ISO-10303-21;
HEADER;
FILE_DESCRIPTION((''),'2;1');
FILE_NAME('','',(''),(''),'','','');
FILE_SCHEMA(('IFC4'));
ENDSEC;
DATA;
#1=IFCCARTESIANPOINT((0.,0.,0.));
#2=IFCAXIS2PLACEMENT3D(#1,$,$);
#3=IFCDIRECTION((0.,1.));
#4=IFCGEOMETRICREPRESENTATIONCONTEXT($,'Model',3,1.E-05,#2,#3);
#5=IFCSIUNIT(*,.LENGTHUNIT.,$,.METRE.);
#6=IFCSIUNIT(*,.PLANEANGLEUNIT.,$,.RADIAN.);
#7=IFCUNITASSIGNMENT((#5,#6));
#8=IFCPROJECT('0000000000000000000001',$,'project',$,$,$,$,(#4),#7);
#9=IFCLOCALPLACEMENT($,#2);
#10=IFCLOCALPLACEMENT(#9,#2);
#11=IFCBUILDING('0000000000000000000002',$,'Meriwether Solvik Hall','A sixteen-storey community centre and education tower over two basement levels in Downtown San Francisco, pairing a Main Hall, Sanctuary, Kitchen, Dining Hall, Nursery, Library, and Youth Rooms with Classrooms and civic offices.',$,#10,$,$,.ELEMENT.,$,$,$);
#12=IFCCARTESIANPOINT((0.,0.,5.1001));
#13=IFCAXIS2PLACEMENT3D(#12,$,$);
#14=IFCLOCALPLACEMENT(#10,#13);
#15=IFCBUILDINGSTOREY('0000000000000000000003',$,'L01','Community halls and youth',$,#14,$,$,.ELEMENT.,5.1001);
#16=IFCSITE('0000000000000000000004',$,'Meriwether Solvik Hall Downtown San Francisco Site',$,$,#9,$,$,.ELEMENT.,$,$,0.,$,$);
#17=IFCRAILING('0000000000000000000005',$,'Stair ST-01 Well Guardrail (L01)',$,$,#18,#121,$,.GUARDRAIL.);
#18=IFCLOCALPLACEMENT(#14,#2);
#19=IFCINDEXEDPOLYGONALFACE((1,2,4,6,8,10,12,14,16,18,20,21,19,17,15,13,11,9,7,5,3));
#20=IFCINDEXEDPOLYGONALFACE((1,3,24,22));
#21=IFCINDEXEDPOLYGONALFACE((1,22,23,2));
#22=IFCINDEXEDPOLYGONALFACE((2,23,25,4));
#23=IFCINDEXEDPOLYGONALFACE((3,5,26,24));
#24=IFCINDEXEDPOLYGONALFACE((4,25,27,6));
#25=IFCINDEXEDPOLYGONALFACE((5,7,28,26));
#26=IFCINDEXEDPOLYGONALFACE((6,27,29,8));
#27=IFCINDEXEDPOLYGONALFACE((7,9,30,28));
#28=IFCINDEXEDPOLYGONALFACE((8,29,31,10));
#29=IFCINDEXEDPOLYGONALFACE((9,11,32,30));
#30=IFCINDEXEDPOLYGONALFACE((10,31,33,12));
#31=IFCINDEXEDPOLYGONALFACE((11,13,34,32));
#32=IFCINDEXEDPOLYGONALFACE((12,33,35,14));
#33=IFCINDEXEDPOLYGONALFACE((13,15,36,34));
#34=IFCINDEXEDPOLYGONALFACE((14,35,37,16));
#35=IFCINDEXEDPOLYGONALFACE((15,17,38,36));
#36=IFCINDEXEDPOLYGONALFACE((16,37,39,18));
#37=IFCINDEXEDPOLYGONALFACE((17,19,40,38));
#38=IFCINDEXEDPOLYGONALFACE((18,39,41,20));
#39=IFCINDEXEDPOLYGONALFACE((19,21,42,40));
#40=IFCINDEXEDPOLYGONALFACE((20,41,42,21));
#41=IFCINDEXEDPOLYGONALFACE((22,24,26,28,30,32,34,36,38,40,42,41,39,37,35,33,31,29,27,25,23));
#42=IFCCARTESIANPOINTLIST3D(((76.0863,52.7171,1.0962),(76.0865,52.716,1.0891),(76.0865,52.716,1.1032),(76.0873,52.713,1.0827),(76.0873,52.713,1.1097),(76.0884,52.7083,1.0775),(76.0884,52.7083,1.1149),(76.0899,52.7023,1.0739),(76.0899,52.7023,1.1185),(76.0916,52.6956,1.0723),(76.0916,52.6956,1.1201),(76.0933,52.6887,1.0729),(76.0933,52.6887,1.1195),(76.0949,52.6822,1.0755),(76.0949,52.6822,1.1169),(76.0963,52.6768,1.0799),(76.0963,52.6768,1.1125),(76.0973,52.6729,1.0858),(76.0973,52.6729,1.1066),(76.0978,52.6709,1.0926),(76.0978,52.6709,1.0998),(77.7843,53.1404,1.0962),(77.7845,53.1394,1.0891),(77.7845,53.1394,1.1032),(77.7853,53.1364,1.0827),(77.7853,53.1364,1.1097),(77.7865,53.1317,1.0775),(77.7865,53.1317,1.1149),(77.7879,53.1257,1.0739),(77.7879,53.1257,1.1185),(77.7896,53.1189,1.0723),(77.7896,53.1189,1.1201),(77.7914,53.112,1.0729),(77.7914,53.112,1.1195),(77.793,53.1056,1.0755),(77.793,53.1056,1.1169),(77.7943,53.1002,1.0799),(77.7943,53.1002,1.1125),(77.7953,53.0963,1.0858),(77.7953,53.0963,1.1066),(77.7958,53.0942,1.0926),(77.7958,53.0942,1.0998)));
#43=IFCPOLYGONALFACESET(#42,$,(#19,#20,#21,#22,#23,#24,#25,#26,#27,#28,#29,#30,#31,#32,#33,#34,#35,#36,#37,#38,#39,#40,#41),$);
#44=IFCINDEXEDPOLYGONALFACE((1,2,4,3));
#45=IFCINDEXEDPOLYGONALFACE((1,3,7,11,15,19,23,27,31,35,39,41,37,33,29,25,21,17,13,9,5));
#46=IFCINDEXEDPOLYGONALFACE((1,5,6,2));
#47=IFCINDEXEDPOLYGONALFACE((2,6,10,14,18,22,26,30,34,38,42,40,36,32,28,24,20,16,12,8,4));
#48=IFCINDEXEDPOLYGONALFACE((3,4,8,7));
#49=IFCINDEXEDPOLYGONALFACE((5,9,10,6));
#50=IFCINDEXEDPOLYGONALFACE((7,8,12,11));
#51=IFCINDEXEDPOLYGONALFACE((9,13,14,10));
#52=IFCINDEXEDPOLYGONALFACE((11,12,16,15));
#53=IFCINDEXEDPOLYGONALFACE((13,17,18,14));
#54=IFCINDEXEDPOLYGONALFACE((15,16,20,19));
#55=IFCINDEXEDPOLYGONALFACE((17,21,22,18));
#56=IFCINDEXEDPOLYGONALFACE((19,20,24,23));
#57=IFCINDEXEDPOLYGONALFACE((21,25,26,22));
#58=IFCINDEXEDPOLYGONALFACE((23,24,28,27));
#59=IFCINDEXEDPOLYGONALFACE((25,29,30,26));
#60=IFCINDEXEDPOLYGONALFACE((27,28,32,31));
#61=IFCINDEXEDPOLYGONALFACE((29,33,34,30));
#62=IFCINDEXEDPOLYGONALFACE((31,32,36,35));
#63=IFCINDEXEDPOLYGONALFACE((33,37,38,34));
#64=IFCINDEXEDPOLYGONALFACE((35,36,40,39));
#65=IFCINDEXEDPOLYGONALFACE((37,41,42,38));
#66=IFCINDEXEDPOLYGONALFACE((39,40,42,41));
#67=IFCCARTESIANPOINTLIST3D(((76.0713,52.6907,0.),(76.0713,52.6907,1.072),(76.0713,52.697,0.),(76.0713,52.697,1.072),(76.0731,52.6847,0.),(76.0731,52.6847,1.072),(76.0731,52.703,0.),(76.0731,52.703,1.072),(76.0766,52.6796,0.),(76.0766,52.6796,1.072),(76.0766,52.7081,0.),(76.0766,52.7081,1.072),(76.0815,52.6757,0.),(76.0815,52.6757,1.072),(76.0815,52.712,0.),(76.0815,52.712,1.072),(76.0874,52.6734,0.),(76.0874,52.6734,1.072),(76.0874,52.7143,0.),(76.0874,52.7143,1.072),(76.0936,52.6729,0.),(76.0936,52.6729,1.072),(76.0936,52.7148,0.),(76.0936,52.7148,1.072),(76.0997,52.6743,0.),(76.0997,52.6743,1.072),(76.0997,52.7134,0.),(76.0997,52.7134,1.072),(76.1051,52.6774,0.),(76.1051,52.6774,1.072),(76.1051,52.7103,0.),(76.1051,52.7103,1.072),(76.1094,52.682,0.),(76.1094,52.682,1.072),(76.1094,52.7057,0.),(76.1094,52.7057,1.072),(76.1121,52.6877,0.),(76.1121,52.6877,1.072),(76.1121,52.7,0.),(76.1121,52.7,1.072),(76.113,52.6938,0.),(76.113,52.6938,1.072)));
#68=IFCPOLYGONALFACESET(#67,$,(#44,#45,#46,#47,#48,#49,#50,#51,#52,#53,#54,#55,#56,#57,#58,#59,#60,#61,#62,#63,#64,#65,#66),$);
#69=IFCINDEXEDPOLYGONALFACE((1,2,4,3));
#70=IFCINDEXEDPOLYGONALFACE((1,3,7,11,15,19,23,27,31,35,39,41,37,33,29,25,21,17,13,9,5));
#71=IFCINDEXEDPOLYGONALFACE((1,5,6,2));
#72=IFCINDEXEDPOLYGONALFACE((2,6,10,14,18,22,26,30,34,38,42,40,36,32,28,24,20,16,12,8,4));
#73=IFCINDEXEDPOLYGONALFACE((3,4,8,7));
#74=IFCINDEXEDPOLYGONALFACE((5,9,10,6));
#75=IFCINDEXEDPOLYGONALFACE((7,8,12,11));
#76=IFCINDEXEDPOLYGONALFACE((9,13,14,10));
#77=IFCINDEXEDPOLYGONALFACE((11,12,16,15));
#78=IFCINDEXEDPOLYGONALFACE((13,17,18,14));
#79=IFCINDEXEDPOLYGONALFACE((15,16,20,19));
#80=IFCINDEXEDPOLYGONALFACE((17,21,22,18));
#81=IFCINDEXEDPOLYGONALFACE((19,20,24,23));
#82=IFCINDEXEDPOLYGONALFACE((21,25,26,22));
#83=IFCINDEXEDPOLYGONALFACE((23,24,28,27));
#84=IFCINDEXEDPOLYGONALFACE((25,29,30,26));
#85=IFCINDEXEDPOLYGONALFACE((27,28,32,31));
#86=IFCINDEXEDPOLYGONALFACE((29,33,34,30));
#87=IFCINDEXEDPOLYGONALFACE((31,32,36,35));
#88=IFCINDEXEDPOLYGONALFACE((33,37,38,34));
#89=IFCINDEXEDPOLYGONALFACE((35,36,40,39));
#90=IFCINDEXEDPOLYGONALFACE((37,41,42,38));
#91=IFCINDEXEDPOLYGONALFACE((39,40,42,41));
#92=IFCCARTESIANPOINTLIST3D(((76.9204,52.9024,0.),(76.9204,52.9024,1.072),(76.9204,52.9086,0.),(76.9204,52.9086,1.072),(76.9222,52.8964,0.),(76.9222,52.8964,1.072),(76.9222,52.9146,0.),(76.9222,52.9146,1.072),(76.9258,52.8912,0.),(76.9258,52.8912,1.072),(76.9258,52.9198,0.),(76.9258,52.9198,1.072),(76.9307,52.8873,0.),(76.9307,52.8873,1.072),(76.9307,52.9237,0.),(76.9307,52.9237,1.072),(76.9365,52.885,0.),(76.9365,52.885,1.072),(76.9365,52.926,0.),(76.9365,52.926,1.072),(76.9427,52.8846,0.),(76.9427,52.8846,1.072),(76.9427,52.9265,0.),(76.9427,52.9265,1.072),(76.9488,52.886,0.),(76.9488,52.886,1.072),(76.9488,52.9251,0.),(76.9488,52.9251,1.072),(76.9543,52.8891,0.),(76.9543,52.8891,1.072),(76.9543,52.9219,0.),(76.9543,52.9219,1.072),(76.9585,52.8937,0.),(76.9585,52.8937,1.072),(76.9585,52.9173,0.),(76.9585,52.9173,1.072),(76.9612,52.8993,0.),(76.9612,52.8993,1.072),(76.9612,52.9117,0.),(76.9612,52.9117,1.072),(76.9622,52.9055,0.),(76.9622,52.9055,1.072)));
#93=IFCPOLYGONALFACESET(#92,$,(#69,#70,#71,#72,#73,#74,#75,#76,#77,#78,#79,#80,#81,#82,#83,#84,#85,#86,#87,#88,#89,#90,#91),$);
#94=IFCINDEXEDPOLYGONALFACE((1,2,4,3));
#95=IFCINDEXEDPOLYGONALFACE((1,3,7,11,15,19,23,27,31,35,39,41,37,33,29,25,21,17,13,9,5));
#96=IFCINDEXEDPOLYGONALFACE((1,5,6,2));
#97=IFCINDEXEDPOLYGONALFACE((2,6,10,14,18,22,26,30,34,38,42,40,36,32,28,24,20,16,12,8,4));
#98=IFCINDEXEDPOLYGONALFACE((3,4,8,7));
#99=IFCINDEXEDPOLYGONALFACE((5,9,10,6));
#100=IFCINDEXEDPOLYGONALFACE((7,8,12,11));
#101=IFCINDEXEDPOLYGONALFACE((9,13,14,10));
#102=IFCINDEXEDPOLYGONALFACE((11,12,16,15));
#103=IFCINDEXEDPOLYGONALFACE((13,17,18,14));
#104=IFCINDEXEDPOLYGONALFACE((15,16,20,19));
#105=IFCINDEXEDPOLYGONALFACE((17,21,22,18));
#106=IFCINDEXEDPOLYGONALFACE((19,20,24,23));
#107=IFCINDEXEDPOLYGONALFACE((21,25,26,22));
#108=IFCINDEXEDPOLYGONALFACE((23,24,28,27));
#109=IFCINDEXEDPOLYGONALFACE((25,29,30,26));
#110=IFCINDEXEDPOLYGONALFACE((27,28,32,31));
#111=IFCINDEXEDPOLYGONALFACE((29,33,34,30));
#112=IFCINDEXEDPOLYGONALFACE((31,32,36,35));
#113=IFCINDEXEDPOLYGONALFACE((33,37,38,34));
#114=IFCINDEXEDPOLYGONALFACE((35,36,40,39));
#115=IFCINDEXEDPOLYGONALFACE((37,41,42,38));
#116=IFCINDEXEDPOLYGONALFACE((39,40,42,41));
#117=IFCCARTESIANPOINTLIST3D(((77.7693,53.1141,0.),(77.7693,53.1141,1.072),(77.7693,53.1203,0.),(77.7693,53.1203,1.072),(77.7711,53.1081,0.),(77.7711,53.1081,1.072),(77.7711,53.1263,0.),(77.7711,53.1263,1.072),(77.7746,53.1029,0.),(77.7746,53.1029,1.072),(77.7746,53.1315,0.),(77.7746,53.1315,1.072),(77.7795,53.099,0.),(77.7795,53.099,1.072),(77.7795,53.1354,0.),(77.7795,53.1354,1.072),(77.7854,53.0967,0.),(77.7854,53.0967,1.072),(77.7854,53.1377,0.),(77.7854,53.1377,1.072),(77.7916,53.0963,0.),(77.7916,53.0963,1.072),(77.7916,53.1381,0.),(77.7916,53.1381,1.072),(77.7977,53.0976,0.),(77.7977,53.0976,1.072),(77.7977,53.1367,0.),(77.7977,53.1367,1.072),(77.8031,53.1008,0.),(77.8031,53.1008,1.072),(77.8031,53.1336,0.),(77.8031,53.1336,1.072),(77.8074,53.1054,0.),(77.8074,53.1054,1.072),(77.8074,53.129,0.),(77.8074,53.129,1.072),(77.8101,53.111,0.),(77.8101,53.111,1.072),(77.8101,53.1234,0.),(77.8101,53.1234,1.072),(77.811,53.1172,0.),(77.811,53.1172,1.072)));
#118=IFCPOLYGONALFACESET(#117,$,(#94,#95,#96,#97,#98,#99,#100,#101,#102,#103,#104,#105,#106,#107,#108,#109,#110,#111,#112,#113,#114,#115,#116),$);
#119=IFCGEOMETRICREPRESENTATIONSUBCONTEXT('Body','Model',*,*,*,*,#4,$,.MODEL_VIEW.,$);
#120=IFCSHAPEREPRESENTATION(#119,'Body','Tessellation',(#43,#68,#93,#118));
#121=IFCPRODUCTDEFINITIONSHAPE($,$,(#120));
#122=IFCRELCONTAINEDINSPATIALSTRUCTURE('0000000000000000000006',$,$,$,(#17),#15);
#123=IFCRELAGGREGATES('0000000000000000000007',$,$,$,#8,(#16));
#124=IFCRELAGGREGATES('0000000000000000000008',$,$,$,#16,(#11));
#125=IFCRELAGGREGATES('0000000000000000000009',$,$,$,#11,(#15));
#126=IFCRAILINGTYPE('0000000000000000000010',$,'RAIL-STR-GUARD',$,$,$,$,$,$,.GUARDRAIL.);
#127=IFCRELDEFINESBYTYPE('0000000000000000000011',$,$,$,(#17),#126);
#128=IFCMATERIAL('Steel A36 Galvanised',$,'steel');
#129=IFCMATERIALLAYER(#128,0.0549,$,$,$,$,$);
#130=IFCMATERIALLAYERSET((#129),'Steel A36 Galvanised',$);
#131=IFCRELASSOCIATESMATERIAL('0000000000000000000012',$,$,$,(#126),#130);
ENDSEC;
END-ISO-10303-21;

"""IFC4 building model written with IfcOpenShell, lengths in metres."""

from ifc_helpers import new_model, si_unit, direction, frame, origin, origin_2d, place, context, subcontext, project, spatial, circle, extrude, material, layer, layer_set, type_object, element, save


model = new_model("IFC4")

# Units and contexts
model_context = context("Model", 3, precision=1e-05, world=origin(), true_north=direction((0.0, 1.0)))
body_context = subcontext(model_context, "Body", "Model", "MODEL_VIEW")
ifc_project = project(units=[si_unit("LENGTHUNIT", "METRE"), si_unit("PLANEANGLEUNIT", "RADIAN")], contexts=[model_context])

# Site, building, storey
site_placement = place(None, origin())
site = spatial("IfcSite", under=ifc_project, at=site_placement, Name="Meriwether Solvik Hall Downtown San Francisco Site", CompositionType="ELEMENT", RefElevation=0.0)
building_placement = place(site_placement, origin())
building = spatial("IfcBuilding", under=site, at=building_placement, Name="Meriwether Solvik Hall", Description="A sixteen-storey community centre and education tower over two basement levels in Downtown San Francisco, pairing a Main Hall, Sanctuary, Kitchen, Dining Hall, Nursery, Library, and Youth Rooms with Classrooms and civic offices.", CompositionType="ELEMENT")
storey_placement = place(building_placement, frame((0.0, 0.0, 5.1001)))
storey = spatial("IfcBuildingStorey", under=building, at=storey_placement, Name="L01", Description="Community halls and youth", CompositionType="ELEMENT", Elevation=5.1001)

# Railing
ifc_material_1 = material(Name="Steel A36 Galvanised", Category="steel")
ifc_layer_1 = layer(ifc_material_1, 0.0549)
ifc_layer_set_1 = layer_set([ifc_layer_1], Name="Steel A36 Galvanised")
railing_type = type_object("IfcRailingType", Name="RAIL-STR-GUARD", PredefinedType="GUARDRAIL", material=ifc_layer_set_1)
railing_1_placement = place(storey_placement, frame((76.092, 52.6938, 0.0)))
element("IfcRailing", 1, at=railing_1_placement, inside=storey, type_object=railing_type, Name="Stair ST-01 Well Guardrail (L01)", PredefinedType="GUARDRAIL", context=body_context, shape_type="SweptSolid", body=[
    extrude(circle(Radius=0.0239, at=origin_2d()), frame((0.0, 0.0, 1.0962), z_axis=(0.970298, 0.241912, 0.0), x_axis=(-0.241912, 0.970298, 0.0)), (0.0, 0.0, 1.0), 1.75),
    extrude(circle(Radius=0.021, at=origin_2d()), origin(), (0.0, 0.0, 1.0), 1.072),
    extrude(circle(Radius=0.021, at=origin_2d()), frame((0.8491, 0.2117, 0.0)), (0.0, 0.0, 1.0), 1.072),
    extrude(circle(Radius=0.021, at=origin_2d()), frame((1.698, 0.4233, 0.0)), (0.0, 0.0, 1.0), 1.072),
])

save(model, "model.ifc")
